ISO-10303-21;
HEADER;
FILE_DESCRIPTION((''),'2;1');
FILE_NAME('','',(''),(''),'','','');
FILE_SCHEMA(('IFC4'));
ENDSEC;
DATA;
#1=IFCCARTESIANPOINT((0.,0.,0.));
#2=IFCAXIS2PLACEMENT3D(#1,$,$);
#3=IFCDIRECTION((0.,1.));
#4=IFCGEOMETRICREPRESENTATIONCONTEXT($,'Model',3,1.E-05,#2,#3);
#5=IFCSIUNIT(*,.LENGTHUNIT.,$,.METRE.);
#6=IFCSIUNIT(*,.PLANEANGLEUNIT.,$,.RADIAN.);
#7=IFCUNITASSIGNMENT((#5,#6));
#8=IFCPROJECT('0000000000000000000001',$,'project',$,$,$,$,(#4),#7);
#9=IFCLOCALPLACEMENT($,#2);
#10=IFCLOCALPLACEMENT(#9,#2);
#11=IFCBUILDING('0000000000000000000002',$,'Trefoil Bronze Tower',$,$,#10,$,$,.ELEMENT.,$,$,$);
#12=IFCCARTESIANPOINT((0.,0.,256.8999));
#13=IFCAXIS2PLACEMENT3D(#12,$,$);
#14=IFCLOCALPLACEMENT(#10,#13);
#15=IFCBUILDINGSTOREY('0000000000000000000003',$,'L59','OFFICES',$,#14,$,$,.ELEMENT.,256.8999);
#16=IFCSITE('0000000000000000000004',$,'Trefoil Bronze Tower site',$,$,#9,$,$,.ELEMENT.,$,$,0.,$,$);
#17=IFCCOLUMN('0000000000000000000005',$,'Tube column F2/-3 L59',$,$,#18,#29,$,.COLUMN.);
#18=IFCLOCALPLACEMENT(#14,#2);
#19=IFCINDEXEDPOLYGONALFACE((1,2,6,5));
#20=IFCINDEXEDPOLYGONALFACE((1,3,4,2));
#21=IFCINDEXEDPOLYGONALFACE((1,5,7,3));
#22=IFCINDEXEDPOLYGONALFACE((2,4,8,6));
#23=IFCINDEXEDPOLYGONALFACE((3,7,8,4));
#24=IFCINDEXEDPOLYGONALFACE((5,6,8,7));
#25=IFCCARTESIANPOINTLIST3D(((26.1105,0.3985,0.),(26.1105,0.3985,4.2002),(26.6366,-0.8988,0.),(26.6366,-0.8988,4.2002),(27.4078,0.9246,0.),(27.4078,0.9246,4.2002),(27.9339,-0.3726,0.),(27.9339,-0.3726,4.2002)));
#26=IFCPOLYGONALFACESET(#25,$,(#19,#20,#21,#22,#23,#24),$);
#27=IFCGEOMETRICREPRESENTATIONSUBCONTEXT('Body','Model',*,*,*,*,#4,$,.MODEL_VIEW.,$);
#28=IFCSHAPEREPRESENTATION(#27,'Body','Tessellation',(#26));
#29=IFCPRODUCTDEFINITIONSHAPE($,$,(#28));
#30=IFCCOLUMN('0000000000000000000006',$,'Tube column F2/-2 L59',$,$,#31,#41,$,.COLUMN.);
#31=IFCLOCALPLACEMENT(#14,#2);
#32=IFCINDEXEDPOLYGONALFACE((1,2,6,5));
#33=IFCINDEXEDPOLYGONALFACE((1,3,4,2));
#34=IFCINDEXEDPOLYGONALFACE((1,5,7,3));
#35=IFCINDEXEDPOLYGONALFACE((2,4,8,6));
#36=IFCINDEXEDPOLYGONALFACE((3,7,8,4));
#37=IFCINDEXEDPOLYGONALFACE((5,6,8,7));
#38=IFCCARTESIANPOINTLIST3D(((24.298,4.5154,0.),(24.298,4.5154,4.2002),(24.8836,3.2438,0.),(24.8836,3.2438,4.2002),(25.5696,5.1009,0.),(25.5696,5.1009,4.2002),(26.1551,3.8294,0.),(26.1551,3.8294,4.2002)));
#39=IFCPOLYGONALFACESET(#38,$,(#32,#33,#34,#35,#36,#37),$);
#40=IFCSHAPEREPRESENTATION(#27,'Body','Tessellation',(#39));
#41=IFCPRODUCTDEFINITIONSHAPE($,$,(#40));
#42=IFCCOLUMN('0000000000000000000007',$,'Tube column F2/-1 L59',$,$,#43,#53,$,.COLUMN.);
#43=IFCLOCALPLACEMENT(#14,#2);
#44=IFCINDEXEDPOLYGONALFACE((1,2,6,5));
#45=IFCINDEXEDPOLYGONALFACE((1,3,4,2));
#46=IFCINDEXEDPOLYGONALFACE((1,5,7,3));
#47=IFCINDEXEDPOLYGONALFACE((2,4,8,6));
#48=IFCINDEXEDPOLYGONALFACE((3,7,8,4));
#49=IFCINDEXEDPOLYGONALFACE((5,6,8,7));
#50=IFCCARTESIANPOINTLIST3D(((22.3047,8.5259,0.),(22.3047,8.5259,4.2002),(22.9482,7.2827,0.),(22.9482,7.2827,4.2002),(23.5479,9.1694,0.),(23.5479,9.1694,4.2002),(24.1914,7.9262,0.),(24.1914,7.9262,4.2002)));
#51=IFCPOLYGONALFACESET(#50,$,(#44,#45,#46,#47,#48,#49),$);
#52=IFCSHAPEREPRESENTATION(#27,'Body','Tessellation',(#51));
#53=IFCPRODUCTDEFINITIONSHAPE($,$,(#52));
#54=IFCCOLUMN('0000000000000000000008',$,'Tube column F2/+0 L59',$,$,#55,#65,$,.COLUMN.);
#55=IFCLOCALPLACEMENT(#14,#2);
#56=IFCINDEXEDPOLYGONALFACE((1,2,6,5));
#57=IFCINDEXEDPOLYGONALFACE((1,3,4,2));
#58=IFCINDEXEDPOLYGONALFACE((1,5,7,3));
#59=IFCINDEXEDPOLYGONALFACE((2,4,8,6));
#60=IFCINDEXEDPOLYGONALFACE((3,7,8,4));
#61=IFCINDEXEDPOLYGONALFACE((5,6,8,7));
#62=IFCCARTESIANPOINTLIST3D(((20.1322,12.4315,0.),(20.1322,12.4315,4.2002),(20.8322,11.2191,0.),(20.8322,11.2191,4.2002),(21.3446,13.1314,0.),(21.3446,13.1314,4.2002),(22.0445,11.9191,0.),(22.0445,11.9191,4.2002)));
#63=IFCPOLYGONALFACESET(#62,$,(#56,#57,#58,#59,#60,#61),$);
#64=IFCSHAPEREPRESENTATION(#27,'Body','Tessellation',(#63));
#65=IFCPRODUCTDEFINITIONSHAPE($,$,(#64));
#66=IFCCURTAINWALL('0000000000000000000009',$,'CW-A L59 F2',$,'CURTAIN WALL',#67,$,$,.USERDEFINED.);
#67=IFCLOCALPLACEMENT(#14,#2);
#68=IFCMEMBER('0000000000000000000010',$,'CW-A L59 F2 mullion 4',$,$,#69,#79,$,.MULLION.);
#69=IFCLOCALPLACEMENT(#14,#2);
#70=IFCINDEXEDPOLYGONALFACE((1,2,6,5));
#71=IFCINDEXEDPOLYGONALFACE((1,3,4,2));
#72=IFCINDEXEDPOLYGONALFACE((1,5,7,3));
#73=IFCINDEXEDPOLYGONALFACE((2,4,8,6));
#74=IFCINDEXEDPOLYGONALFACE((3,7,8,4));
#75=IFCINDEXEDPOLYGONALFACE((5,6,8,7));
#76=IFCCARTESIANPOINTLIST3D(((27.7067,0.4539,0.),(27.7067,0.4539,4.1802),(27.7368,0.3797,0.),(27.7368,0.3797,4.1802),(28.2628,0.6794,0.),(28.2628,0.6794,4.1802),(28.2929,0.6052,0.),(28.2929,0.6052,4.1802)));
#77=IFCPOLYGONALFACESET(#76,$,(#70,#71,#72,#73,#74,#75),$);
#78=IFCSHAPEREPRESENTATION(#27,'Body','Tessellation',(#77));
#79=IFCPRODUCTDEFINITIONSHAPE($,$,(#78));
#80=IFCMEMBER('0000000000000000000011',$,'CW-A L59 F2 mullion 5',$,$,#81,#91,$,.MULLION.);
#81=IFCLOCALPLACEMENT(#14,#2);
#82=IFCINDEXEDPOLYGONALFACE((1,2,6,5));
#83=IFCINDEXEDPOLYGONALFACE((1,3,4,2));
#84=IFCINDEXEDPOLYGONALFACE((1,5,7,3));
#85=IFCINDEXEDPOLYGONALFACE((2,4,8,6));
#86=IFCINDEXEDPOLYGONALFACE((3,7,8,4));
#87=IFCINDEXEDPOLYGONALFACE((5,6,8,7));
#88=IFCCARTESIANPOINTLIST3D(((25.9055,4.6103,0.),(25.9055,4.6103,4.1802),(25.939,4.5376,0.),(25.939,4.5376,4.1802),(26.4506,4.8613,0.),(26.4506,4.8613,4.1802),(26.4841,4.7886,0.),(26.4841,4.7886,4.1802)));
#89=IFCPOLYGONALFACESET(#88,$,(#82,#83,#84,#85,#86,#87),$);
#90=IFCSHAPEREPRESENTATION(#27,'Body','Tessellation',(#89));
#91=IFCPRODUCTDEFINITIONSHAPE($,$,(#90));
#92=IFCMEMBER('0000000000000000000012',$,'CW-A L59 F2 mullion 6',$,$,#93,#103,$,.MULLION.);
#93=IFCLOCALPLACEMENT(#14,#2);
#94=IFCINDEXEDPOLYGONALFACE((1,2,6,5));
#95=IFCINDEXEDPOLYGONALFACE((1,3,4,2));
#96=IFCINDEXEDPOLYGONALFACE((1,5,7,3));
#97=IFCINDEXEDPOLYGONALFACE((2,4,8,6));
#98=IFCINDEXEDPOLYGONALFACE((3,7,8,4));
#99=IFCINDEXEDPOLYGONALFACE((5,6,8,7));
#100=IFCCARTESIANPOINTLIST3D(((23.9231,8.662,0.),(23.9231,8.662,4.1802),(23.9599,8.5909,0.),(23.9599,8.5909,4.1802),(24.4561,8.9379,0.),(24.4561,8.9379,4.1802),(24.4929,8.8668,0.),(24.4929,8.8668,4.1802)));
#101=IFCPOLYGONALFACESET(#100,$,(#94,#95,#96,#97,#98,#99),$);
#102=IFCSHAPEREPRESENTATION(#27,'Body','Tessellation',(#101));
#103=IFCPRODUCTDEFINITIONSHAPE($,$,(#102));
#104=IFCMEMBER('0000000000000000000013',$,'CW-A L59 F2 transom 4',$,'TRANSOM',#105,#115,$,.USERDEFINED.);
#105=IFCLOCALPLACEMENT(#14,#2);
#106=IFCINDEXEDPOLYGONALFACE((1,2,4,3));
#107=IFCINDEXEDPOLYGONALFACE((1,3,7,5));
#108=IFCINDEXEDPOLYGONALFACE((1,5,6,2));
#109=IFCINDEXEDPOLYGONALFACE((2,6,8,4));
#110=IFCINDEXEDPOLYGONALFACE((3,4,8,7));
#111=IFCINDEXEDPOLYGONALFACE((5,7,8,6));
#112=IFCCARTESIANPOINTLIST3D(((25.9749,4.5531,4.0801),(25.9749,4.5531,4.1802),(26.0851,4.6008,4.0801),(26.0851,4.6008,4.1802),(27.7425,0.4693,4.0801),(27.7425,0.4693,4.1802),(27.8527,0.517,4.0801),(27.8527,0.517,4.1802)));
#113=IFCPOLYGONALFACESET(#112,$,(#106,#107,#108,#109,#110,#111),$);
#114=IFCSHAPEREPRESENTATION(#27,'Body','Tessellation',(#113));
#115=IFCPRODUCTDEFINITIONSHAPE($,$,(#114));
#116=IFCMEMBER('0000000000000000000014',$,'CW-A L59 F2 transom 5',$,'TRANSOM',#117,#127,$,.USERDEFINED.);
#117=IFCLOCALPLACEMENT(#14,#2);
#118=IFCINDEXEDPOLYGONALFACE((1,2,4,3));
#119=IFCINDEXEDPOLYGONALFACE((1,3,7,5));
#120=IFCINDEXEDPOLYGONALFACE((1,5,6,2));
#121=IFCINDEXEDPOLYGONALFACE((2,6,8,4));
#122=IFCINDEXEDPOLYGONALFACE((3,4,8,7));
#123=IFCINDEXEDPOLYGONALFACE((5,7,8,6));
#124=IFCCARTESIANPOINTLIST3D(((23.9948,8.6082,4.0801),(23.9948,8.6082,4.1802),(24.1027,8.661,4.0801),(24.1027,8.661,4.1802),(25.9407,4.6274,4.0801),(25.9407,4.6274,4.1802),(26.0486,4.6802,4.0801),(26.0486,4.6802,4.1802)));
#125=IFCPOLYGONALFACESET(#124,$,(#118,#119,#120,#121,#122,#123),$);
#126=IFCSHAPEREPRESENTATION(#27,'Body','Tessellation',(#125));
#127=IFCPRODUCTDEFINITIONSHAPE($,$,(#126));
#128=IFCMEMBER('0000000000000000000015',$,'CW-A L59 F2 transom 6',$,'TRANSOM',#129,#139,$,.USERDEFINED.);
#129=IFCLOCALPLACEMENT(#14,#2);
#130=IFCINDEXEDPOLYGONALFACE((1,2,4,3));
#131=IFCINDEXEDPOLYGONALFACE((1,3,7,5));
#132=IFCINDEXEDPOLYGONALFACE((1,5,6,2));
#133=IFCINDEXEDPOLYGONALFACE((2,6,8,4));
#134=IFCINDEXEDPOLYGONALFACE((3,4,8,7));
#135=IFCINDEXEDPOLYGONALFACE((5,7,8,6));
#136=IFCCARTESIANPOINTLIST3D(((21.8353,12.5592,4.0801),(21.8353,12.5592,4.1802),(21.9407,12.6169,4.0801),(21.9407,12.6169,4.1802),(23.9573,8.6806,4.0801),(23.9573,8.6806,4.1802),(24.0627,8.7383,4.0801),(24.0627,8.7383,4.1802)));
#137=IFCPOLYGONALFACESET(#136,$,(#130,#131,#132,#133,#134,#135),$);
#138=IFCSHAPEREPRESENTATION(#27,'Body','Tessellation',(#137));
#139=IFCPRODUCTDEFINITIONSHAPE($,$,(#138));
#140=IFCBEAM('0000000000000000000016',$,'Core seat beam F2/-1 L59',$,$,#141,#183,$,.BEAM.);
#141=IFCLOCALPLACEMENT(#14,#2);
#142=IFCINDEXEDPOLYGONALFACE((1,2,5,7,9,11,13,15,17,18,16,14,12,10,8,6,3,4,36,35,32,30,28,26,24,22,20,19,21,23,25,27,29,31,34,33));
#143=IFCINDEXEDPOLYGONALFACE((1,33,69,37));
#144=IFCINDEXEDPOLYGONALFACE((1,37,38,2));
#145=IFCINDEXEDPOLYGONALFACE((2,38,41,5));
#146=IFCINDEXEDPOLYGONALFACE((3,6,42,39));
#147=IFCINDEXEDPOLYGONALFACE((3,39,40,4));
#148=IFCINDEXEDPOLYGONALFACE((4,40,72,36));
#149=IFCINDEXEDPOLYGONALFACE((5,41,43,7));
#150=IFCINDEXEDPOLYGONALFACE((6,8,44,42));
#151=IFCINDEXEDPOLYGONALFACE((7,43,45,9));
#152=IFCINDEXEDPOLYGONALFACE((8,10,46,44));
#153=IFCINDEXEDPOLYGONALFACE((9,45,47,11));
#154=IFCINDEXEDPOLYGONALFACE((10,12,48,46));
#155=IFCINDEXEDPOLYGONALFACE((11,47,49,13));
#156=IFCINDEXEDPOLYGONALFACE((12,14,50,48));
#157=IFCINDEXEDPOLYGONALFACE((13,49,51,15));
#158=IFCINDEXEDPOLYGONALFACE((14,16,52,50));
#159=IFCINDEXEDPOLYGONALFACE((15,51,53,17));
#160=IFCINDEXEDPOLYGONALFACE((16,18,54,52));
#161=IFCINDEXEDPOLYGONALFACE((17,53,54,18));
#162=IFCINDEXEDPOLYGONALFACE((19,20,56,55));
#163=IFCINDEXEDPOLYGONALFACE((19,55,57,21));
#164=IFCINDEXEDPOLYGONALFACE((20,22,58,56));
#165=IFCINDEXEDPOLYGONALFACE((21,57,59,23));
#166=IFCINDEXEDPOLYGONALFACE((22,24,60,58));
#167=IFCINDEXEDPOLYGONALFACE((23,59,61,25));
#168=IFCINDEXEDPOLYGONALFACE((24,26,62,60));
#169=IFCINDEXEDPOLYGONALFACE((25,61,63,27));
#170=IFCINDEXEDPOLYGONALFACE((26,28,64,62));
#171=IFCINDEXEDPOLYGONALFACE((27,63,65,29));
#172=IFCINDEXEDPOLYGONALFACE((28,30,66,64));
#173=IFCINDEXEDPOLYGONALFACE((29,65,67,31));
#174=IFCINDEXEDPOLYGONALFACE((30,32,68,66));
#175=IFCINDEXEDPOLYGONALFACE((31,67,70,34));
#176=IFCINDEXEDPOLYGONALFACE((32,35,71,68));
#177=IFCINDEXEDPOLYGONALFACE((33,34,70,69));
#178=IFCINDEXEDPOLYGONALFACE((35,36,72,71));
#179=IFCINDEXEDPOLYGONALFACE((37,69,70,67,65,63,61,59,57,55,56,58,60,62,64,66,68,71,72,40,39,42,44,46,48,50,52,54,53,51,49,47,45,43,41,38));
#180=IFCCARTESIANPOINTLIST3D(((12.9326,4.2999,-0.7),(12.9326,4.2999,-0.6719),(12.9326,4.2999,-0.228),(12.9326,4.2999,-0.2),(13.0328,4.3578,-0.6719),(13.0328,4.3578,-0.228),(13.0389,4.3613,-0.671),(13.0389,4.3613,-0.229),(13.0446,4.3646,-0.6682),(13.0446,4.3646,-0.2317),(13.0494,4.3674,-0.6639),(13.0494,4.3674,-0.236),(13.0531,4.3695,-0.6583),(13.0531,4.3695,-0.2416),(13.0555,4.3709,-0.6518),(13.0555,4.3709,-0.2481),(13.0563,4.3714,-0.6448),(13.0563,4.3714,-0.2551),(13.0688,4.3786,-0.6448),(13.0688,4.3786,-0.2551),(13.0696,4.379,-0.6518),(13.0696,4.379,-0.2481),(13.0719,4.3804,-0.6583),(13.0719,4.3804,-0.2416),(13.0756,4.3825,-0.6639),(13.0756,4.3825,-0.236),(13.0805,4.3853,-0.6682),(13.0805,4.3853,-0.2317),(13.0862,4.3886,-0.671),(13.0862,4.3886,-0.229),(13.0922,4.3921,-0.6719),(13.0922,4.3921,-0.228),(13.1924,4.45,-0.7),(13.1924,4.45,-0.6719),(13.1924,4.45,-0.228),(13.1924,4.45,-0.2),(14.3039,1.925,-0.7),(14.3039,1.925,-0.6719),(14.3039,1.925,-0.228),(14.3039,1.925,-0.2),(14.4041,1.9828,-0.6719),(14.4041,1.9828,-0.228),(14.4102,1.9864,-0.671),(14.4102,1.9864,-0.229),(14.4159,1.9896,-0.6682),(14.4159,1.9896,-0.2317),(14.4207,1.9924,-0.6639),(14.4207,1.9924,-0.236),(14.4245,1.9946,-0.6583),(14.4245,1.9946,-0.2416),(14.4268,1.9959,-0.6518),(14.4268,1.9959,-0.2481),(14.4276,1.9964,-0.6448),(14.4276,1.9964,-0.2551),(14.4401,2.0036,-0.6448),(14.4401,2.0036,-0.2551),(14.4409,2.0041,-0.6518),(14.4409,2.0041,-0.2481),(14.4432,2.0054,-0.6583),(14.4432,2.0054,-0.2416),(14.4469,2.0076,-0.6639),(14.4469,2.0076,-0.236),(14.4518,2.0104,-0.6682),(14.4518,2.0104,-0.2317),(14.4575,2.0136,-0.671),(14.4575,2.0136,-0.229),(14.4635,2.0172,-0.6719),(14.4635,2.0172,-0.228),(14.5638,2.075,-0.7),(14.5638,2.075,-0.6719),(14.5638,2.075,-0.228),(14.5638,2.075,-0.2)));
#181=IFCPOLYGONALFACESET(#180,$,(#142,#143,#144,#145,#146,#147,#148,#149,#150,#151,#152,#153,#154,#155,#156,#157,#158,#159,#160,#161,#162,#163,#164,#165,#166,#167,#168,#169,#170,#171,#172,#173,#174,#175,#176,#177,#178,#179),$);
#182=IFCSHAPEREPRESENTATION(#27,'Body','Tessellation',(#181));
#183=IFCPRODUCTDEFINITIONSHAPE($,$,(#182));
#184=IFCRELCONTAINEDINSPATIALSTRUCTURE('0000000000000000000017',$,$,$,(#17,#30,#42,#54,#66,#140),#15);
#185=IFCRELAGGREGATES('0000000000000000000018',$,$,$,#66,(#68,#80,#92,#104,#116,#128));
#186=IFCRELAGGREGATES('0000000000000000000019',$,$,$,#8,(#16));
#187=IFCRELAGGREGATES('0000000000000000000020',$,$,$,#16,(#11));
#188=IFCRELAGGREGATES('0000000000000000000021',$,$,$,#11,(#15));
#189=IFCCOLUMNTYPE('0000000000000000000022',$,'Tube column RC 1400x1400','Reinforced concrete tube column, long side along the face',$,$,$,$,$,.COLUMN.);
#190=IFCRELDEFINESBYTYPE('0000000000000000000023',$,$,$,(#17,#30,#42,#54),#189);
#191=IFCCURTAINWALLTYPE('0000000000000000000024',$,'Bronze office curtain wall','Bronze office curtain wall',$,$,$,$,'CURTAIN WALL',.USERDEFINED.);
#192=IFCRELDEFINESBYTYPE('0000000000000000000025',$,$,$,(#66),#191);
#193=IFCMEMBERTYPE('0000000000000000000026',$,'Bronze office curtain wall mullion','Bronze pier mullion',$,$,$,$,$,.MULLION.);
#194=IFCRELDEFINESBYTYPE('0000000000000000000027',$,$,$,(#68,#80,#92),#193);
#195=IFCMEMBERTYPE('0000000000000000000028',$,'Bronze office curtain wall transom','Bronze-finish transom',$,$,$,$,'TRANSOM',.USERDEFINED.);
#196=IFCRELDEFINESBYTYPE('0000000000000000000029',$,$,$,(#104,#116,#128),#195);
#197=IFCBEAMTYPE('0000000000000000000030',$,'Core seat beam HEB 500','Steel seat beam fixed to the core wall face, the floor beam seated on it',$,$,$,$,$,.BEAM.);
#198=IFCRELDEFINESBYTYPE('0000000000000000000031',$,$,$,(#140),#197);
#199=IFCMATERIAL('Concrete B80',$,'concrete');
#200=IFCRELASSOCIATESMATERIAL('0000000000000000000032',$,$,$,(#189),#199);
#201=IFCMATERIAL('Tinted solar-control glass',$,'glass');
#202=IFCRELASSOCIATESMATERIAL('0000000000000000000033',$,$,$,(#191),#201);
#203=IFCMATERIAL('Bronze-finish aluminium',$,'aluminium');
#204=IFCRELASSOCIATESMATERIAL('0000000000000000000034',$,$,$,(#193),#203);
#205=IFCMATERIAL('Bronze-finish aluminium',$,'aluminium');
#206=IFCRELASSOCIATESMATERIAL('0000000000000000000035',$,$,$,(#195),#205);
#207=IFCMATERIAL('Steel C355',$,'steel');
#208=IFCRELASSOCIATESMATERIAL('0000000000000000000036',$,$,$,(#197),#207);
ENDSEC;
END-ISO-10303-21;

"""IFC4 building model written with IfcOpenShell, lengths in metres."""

from ifc_helpers import new_model, si_unit, direction, frame, origin, origin_2d, place, context, subcontext, project, spatial, rectangle, i_section, extrude, material, material_profile, profile_set, type_object, element, aggregate, save


model = new_model("IFC4")

# Units and contexts
model_context = context("Model", 3, precision=1e-05, world=origin(), true_north=direction((0.0, 1.0)))
body_context = subcontext(model_context, "Body", "Model", "MODEL_VIEW")
ifc_project = project(units=[si_unit("LENGTHUNIT", "METRE"), si_unit("PLANEANGLEUNIT", "RADIAN")], contexts=[model_context])

# Site, building, storey
site_placement = place(None, origin())
site = spatial("IfcSite", under=ifc_project, at=site_placement, Name="Trefoil Bronze Tower site", CompositionType="ELEMENT", RefElevation=0.0)
building_placement = place(site_placement, origin())
building = spatial("IfcBuilding", under=site, at=building_placement, Name="Trefoil Bronze Tower", CompositionType="ELEMENT")
storey_placement = place(building_placement, frame((0.0, 0.0, 256.8999)))
storey = spatial("IfcBuildingStorey", under=building, at=storey_placement, Name="L59", Description="OFFICES", CompositionType="ELEMENT", Elevation=256.8999)

# Columns
ifc_material_1 = material(Name="Concrete B80", Category="concrete")
ifc_material_profile_1 = material_profile(ifc_material_1, rectangle(XDim=1.3999, YDim=1.3999, at=origin_2d()), Name="RC 1400x1400")
ifc_profile_set_1 = profile_set([ifc_material_profile_1], Name="Concrete B80")
column_type = type_object("IfcColumnType", Name="Tube column RC 1400x1400", Description="Reinforced concrete tube column, long side along the face", PredefinedType="COLUMN", material=ifc_profile_set_1)
for number, where, z_axis, x_axis, name in (
    (1, (27.0222, 0.0129, 0.0), (0.0, 0.0, 1.0), (-0.375828, 0.926689, 0.0), "Tube column F2/-3 L59"),
    (2, (25.2266, 4.1724, 0.0), (0.0, 0.0, 1.0), (-0.418286, 0.908315, 0.0), "Tube column F2/-2 L59"),
    (3, (23.248, 8.2261, 0.0), (0.0, 0.0, 1.0), (-0.459673, 0.888088, 0.0), "Tube column F2/-1 L59"),
    (4, (21.0884, 12.1753, 0.0), (0.0, 0.0, 1.0), (-0.5, 0.866025, 0.0), "Tube column F2/+0 L59"),
):
    element("IfcColumn", number, at=place(storey_placement, frame(where, z_axis=z_axis, x_axis=x_axis)), inside=storey, type_object=column_type, Name=name, PredefinedType="COLUMN", context=body_context, shape_type="SweptSolid", body=[
        extrude(rectangle(XDim=1.3999, YDim=1.3999, at=origin_2d()), origin(), (0.0, 0.0, 1.0), 4.2002),
    ])

# Curtain wall, members
ifc_material_2 = material(Name="Tinted solar-control glass", Category="glass")
curtain_wall_type = type_object("IfcCurtainWallType", Name="Bronze office curtain wall", Description="Bronze office curtain wall", ElementType="CURTAIN WALL", PredefinedType="USERDEFINED", material=ifc_material_2)
curtain_wall_placement = place(storey_placement, origin())
curtain_wall = element("IfcCurtainWall", 5, at=curtain_wall_placement, inside=storey, type_object=curtain_wall_type, Name="CW-A L59 F2", ObjectType="CURTAIN WALL", PredefinedType="USERDEFINED")
ifc_material_3 = material(Name="Bronze-finish aluminium", Category="aluminium")
ifc_material_profile_2 = material_profile(ifc_material_3, rectangle(XDim=0.6001, YDim=0.0801, at=origin_2d()), Name="CW-A mullion")
ifc_profile_set_2 = profile_set([ifc_material_profile_2], Name="Bronze-finish aluminium")
member_type_1 = type_object("IfcMemberType", Name="Bronze office curtain wall mullion", Description="Bronze pier mullion", PredefinedType="MULLION", material=ifc_profile_set_2)
member_1_placement = place(storey_placement, frame((27.9998, 0.5295, 0.0), z_axis=(0.0, 0.0, 1.0), x_axis=(-0.926689, -0.375828, 0.0)))
member_1 = element("IfcMember", 6, at=member_1_placement, type_object=member_type_1, Name="CW-A L59 F2 mullion 4", PredefinedType="MULLION", context=body_context, shape_type="SweptSolid", body=[
    extrude(rectangle(XDim=0.6001, YDim=0.0801, at=origin_2d()), origin(), (0.0, 0.0, 1.0), 4.1802),
])
member_2_placement = place(storey_placement, frame((26.1948, 4.6995, 0.0), z_axis=(0.0, 0.0, 1.0), x_axis=(-0.908315, -0.418286, 0.0)))
member_2 = element("IfcMember", 7, at=member_2_placement, type_object=member_type_1, Name="CW-A L59 F2 mullion 5", PredefinedType="MULLION", context=body_context, shape_type="SweptSolid", body=[
    extrude(rectangle(XDim=0.6001, YDim=0.0801, at=origin_2d()), origin(), (0.0, 0.0, 1.0), 4.1802),
])
member_3_placement = place(storey_placement, frame((24.208, 8.7644, 0.0), z_axis=(0.0, 0.0, 1.0), x_axis=(-0.888088, -0.459673, 0.0)))
member_3 = element("IfcMember", 8, at=member_3_placement, type_object=member_type_1, Name="CW-A L59 F2 mullion 6", PredefinedType="MULLION", context=body_context, shape_type="SweptSolid", body=[
    extrude(rectangle(XDim=0.6001, YDim=0.0801, at=origin_2d()), origin(), (0.0, 0.0, 1.0), 4.1802),
])
ifc_material_4 = material(Name="Bronze-finish aluminium", Category="aluminium")
ifc_material_profile_3 = material_profile(ifc_material_4, rectangle(XDim=0.1201, YDim=0.1001, at=origin_2d()), Name="CW-A transom")
ifc_profile_set_3 = profile_set([ifc_material_profile_3], Name="Bronze-finish aluminium")
member_type_2 = type_object("IfcMemberType", Name="Bronze office curtain wall transom", Description="Bronze-finish transom", ElementType="TRANSOM", PredefinedType="USERDEFINED", material=ifc_profile_set_3)
member_4_placement = place(storey_placement, frame((27.7976, 0.4932, 4.1301), z_axis=(-0.397221, 0.917723, 0.0), x_axis=(-0.917723, -0.397221, 0.0)))
member_4 = element("IfcMember", 9, at=member_4_placement, type_object=member_type_2, Name="CW-A L59 F2 transom 4", ObjectType="TRANSOM", PredefinedType="USERDEFINED", context=body_context, shape_type="SweptSolid", body=[
    extrude(rectangle(XDim=0.1201, YDim=0.1001, at=origin_2d()), origin(), (0.0, 0.0, 1.0), 4.45),
])
member_5_placement = place(storey_placement, frame((25.9946, 4.6538, 4.1301), z_axis=(-0.439151, 0.898413, 0.0), x_axis=(-0.898413, -0.439151, 0.0)))
member_5 = element("IfcMember", 10, at=member_5_placement, type_object=member_type_2, Name="CW-A L59 F2 transom 5", ObjectType="TRANSOM", PredefinedType="USERDEFINED", context=body_context, shape_type="SweptSolid", body=[
    extrude(rectangle(XDim=0.1201, YDim=0.1001, at=origin_2d()), origin(), (0.0, 0.0, 1.0), 4.4309),
])
member_6_placement = place(storey_placement, frame((24.01, 8.7095, 4.1301), z_axis=(-0.479974, 0.877283, 0.0), x_axis=(-0.877283, -0.479974, 0.0)))
member_6 = element("IfcMember", 11, at=member_6_placement, type_object=member_type_2, Name="CW-A L59 F2 transom 6", ObjectType="TRANSOM", PredefinedType="USERDEFINED", context=body_context, shape_type="SweptSolid", body=[
    extrude(rectangle(XDim=0.1201, YDim=0.1001, at=origin_2d()), origin(), (0.0, 0.0, 1.0), 4.4211),
])

# Beam
ifc_material_5 = material(Name="Steel C355", Category="steel")
ifc_material_profile_4 = material_profile(ifc_material_5, i_section(OverallWidth=0.3, OverallDepth=0.5, WebThickness=0.0144, FlangeThickness=0.0281, FilletRadius=0.0271, at=origin_2d()), Name="HEB 500")
ifc_profile_set_4 = profile_set([ifc_material_profile_4], Name="Steel C355")
beam_type_1 = type_object("IfcBeamType", Name="Core seat beam HEB 500", Description="Steel seat beam fixed to the core wall face, the floor beam seated on it", PredefinedType="BEAM", material=ifc_profile_set_4)
beam_1_placement = place(storey_placement, frame((14.4338, 2.0, -0.45), z_axis=(-0.500036, 0.866005, 0.0), x_axis=(-0.866005, -0.500036, 0.0)))
element("IfcBeam", 12, at=beam_1_placement, inside=storey, type_object=beam_type_1, Name="Core seat beam F2/-1 L59", PredefinedType="BEAM", context=body_context, shape_type="SweptSolid", body=[
    extrude(i_section(OverallWidth=0.3, OverallDepth=0.5, WebThickness=0.0144, FlangeThickness=0.0281, FilletRadius=0.0271, at=origin_2d()), origin(), (0.0, 0.0, 1.0), 2.7424),
])

aggregate(curtain_wall, [member_1, member_2, member_3, member_4, member_5, member_6])

save(model, "model.ifc")
